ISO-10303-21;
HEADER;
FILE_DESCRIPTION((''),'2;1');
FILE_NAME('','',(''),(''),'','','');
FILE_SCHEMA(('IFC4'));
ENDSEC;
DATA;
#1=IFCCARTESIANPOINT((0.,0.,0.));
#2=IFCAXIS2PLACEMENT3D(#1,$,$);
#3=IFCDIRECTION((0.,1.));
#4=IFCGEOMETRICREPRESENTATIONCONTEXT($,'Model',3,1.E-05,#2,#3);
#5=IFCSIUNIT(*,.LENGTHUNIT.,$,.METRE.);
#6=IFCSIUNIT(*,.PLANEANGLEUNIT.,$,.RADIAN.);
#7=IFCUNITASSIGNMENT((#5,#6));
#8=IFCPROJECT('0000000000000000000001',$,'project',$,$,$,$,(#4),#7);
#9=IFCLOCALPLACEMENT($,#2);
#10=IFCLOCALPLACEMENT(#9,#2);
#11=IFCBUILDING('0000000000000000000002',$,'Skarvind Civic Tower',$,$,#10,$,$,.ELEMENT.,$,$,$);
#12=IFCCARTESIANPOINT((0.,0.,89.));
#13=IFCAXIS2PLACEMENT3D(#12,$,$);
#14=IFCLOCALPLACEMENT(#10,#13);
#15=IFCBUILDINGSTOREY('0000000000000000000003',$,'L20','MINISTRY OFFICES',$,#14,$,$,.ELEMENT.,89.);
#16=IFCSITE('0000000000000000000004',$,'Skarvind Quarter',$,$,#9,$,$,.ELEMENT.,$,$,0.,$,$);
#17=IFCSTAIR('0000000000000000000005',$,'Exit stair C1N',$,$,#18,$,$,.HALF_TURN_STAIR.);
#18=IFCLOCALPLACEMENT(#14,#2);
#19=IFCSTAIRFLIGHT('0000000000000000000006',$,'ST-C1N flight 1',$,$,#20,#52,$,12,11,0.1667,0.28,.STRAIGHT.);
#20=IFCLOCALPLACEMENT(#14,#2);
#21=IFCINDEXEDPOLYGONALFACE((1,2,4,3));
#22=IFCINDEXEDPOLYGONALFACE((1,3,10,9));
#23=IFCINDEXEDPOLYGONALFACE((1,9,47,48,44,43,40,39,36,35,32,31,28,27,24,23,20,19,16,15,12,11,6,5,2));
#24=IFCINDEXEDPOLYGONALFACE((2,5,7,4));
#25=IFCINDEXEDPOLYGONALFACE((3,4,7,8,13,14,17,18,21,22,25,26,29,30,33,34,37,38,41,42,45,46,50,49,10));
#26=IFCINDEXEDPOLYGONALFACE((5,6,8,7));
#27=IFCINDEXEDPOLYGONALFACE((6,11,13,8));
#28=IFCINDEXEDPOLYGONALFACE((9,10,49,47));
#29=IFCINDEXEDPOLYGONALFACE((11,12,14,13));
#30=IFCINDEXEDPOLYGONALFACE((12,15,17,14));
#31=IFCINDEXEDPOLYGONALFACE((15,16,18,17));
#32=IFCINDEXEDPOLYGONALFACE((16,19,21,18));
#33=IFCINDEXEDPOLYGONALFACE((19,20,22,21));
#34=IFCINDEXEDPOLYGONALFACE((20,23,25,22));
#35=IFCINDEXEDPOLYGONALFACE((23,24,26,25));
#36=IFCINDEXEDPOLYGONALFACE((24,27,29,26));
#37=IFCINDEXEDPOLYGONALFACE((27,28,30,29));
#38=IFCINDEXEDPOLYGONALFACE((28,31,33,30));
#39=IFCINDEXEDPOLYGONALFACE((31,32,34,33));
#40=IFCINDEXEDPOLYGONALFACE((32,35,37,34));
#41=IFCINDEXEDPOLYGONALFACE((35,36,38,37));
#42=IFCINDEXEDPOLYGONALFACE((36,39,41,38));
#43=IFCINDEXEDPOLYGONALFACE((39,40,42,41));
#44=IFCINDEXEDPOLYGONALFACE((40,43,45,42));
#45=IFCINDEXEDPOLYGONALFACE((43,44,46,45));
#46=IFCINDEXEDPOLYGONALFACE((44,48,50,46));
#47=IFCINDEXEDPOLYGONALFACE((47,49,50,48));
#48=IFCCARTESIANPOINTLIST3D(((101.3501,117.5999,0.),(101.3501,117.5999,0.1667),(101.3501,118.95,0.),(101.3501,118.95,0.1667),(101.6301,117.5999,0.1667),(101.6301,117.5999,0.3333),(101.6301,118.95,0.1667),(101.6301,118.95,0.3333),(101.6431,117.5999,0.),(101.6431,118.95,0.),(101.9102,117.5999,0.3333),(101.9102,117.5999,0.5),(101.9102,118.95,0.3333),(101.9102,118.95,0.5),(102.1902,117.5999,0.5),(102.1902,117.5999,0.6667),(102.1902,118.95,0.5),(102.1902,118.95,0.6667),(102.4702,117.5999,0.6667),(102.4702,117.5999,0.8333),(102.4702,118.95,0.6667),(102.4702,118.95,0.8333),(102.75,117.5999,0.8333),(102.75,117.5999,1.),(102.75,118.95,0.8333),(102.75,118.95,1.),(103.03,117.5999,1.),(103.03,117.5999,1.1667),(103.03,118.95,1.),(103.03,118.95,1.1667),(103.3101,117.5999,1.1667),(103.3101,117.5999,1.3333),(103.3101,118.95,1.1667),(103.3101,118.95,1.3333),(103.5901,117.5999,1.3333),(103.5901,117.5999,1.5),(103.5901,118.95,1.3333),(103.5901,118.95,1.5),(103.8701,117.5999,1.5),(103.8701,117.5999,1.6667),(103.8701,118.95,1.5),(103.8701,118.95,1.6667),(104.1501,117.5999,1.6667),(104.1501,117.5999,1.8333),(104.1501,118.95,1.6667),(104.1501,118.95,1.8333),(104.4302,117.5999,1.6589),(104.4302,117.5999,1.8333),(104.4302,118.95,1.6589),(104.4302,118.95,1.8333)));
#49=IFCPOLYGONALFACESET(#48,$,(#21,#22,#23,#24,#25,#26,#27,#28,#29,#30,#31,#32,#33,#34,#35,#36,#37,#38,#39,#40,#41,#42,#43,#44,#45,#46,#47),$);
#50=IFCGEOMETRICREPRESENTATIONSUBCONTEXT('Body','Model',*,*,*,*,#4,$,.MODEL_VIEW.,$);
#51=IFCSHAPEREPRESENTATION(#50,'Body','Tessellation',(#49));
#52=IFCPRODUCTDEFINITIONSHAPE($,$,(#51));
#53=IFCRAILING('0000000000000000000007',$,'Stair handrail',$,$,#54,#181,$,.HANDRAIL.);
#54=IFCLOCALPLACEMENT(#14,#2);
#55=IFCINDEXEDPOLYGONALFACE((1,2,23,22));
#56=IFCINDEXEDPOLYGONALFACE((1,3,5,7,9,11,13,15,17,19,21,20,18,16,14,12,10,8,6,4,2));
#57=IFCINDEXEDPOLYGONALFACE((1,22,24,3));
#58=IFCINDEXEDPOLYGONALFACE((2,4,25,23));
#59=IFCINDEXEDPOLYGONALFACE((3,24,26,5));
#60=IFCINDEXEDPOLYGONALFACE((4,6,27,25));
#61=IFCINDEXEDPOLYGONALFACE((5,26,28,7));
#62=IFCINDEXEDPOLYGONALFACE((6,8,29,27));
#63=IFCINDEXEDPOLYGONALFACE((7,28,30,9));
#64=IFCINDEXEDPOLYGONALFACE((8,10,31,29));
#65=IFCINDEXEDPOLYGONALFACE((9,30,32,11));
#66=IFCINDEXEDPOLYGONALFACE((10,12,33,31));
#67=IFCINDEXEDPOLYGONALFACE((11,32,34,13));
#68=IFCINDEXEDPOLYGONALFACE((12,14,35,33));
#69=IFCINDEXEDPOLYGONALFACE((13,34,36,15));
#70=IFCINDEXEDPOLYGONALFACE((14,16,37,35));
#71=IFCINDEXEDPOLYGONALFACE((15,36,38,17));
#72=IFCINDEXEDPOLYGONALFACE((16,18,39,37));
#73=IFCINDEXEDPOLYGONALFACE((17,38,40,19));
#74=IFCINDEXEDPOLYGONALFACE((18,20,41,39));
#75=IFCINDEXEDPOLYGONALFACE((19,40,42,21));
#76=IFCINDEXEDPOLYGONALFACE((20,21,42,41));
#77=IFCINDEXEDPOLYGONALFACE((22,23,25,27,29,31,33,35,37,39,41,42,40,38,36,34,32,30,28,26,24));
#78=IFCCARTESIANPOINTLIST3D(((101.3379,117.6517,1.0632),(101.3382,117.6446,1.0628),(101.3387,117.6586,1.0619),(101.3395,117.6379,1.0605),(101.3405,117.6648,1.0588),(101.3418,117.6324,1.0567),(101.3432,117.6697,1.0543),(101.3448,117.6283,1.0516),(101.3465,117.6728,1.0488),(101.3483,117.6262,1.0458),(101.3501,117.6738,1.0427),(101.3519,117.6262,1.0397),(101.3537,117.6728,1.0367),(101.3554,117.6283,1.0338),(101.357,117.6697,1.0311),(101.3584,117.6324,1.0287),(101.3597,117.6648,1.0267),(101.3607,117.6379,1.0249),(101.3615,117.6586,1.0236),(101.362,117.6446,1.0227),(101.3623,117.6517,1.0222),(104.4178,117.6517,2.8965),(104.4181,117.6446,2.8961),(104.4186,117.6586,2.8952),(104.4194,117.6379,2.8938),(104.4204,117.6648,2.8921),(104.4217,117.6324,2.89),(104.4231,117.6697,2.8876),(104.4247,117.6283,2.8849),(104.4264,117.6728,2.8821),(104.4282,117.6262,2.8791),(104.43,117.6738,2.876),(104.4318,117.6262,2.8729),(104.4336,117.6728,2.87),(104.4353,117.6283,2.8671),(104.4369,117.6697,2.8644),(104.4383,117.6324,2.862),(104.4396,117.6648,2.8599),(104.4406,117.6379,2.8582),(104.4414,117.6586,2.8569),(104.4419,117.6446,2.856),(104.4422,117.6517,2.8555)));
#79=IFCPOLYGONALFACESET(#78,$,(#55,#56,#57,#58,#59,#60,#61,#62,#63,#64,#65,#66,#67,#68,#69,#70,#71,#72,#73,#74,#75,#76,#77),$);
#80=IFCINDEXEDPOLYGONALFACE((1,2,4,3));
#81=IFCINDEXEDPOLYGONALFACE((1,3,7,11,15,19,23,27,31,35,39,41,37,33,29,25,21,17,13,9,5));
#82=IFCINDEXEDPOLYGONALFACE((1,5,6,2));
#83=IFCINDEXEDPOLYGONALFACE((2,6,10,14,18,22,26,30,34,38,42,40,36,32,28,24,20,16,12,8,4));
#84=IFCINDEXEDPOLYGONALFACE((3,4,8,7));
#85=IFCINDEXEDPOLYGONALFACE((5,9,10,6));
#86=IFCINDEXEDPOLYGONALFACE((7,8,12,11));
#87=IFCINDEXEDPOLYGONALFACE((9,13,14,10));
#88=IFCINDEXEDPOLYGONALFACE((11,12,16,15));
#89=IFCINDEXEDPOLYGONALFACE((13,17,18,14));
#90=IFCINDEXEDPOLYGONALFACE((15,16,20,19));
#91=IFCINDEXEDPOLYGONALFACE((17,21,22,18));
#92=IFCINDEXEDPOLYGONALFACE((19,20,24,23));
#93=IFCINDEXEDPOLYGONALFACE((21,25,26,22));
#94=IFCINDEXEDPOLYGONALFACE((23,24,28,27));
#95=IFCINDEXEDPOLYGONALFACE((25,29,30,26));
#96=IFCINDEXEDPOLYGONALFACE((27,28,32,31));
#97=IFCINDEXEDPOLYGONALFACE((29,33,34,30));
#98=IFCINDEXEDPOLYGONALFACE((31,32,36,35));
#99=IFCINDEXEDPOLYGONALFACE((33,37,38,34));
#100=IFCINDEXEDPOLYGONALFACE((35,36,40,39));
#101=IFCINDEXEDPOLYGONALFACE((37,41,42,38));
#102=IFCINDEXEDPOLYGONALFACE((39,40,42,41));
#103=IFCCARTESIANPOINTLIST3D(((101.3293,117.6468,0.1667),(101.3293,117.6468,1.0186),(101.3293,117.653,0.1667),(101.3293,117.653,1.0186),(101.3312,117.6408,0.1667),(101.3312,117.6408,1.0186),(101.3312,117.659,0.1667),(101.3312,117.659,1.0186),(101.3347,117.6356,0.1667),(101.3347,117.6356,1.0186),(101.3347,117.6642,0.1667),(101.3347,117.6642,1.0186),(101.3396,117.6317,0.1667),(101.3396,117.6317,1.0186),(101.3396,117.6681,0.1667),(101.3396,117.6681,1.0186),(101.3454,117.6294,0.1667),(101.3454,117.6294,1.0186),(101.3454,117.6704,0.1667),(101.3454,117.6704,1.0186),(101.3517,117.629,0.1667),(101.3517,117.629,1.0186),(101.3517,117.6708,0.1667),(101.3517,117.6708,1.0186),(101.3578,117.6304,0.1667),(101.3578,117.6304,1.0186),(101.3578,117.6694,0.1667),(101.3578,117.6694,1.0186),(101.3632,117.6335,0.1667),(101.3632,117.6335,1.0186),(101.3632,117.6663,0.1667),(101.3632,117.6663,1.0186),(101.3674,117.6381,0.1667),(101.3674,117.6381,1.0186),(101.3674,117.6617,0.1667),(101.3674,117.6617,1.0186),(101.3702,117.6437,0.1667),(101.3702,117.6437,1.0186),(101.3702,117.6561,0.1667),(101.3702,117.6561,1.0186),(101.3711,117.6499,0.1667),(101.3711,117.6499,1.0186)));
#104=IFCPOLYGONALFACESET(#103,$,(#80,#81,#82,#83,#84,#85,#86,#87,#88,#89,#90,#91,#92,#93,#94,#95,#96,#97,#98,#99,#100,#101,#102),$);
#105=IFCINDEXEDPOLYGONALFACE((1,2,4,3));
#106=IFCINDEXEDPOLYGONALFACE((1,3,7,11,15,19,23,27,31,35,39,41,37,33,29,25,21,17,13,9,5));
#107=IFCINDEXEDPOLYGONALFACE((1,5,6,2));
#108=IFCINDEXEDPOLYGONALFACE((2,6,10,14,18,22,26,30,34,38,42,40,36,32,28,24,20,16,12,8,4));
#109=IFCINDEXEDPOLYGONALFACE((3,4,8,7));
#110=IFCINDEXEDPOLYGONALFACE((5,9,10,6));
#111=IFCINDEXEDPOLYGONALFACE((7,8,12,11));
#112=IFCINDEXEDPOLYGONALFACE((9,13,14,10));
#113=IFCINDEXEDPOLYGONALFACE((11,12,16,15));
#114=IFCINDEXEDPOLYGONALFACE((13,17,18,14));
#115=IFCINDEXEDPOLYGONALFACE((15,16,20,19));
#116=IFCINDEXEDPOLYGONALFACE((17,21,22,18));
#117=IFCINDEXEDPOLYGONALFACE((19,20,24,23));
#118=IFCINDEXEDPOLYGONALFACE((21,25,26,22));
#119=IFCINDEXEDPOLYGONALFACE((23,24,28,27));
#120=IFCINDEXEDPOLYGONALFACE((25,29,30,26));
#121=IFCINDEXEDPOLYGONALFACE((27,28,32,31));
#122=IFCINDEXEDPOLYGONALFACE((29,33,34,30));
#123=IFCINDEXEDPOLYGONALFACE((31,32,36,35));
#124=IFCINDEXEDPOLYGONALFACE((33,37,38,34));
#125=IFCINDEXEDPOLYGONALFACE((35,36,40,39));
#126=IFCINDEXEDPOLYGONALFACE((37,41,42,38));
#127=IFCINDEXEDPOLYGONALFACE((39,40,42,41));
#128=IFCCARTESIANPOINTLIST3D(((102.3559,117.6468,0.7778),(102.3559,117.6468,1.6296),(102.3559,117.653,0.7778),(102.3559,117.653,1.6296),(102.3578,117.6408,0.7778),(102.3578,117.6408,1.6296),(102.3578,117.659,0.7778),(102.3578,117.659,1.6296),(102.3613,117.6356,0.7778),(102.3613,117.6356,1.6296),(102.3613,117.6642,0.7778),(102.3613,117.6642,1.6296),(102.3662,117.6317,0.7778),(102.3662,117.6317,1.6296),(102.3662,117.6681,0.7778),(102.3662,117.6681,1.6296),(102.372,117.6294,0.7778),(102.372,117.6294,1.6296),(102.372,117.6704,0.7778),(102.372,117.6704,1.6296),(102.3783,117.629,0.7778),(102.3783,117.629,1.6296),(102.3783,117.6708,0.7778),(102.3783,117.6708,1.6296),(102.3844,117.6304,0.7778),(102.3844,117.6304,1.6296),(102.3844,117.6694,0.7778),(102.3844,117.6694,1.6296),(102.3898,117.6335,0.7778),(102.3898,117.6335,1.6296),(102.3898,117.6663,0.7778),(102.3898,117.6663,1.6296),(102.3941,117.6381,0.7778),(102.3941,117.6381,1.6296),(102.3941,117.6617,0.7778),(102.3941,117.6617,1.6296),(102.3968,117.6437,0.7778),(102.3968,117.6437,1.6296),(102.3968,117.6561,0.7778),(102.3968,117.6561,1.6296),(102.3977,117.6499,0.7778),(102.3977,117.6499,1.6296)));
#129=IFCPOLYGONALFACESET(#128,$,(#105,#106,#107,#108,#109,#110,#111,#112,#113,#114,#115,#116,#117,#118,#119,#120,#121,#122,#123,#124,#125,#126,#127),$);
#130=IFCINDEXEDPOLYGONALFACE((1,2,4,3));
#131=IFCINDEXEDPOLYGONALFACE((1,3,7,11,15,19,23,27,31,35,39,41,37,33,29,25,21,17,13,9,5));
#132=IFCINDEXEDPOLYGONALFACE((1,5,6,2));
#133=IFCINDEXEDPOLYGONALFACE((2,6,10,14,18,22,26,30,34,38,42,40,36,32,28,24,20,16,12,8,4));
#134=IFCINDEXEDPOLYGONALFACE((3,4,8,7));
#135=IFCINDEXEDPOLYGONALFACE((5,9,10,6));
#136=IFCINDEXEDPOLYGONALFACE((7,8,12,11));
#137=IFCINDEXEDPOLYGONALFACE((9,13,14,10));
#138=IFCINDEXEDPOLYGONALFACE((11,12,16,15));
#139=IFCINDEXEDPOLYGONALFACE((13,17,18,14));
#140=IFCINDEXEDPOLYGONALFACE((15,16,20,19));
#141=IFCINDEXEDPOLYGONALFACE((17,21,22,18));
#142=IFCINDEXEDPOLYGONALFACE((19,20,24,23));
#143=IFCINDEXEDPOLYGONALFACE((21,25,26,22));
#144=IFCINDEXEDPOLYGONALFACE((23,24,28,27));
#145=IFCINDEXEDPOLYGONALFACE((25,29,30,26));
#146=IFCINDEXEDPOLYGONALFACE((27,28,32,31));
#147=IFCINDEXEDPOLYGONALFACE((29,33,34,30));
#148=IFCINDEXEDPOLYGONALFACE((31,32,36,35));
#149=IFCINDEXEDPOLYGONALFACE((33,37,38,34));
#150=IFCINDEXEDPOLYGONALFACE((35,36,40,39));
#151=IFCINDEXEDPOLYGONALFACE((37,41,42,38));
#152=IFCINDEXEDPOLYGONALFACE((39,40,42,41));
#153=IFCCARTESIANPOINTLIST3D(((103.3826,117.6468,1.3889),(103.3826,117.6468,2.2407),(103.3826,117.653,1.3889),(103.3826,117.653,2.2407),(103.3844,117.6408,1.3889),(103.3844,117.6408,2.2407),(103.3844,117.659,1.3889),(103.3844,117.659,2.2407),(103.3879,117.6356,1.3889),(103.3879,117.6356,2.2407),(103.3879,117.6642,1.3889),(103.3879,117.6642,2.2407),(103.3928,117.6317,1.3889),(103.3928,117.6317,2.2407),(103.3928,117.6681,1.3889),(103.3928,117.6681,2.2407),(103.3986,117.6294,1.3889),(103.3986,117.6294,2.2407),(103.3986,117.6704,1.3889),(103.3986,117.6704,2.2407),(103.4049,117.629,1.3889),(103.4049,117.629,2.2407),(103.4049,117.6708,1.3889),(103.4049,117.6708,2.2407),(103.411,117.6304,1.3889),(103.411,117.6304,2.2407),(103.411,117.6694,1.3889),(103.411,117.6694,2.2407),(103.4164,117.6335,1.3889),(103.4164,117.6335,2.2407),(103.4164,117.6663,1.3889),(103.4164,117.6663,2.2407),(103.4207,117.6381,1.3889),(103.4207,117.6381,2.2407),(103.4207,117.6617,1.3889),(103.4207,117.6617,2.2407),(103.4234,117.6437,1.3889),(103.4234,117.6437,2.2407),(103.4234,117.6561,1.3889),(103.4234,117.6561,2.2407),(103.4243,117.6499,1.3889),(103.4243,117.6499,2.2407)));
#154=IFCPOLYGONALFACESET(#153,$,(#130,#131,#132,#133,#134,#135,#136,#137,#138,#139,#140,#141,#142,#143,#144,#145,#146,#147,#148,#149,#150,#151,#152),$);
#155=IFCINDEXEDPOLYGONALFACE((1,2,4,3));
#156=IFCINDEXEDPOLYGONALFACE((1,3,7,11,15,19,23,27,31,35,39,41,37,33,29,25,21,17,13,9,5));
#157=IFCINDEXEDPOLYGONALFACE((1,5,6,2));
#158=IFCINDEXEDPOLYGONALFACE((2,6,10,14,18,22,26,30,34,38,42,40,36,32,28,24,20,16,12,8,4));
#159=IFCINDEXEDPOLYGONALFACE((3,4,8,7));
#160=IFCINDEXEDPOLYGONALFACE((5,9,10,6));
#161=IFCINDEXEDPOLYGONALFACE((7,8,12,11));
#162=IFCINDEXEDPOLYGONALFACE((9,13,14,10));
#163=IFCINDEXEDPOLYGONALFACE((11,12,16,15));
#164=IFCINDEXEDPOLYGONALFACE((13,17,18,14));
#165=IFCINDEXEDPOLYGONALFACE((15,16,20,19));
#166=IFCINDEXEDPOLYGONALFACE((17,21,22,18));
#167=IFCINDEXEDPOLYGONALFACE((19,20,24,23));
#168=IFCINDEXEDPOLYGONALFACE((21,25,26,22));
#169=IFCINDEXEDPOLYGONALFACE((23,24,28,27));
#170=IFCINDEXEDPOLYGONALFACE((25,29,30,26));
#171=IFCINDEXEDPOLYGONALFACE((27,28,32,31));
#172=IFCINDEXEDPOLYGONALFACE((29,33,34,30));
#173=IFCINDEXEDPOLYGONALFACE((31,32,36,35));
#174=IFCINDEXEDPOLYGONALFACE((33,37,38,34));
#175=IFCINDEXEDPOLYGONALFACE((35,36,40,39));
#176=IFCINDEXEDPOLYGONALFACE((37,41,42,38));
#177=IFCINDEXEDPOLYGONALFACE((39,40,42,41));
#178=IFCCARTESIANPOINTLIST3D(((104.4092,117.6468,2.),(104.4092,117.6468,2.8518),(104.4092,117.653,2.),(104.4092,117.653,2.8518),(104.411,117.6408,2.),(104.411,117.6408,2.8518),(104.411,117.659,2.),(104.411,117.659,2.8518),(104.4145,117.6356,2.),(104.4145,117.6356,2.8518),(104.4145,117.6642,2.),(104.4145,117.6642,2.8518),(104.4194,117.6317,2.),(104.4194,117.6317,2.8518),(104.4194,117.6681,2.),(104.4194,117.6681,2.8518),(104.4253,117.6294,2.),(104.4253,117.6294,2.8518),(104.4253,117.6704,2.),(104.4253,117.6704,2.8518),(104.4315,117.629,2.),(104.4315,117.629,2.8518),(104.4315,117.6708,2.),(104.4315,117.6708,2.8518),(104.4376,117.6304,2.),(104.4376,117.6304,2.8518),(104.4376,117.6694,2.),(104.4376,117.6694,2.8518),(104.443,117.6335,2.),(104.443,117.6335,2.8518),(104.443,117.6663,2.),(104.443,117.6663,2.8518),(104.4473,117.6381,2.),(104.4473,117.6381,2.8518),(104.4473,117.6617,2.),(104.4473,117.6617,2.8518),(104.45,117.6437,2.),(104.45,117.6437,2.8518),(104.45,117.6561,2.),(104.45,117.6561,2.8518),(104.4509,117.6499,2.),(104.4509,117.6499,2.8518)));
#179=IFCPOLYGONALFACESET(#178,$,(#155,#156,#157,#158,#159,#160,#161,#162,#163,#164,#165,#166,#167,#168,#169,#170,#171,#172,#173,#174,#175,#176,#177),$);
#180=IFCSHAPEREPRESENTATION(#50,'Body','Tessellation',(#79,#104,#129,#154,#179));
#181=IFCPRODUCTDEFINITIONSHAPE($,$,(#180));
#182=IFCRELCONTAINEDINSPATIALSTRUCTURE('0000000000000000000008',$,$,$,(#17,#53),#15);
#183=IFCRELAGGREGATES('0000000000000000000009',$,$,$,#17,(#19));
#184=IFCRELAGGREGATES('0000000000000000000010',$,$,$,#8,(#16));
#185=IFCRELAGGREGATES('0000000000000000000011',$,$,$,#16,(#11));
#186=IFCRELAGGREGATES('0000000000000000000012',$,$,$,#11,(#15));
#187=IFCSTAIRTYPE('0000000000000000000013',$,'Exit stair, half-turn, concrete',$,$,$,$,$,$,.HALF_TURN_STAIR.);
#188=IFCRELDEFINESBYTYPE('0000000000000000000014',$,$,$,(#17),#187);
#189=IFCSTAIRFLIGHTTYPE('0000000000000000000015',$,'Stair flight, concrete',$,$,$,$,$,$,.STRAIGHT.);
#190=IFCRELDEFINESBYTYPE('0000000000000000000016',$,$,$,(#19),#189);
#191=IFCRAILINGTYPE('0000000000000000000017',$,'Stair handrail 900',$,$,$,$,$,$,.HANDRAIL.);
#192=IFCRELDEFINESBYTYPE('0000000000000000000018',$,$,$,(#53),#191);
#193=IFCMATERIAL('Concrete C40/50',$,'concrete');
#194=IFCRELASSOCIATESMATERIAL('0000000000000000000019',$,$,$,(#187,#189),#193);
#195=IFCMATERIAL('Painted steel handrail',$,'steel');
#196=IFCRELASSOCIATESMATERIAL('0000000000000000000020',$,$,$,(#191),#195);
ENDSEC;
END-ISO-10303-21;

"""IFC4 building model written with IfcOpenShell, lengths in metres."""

from ifc_helpers import new_model, si_unit, direction, frame, origin, origin_2d, place, context, subcontext, project, spatial, polyline, circle, outline, extrude, material, type_object, element, aggregate, save


model = new_model("IFC4")

# Units and contexts
model_context = context("Model", 3, precision=1e-05, world=origin(), true_north=direction((0.0, 1.0)))
body_context = subcontext(model_context, "Body", "Model", "MODEL_VIEW")
ifc_project = project(units=[si_unit("LENGTHUNIT", "METRE"), si_unit("PLANEANGLEUNIT", "RADIAN")], contexts=[model_context])

# Site, building, storey
site_placement = place(None, origin())
site = spatial("IfcSite", under=ifc_project, at=site_placement, Name="Skarvind Quarter", CompositionType="ELEMENT", RefElevation=0.0)
building_placement = place(site_placement, origin())
building = spatial("IfcBuilding", under=site, at=building_placement, Name="Skarvind Civic Tower", CompositionType="ELEMENT")
storey_placement = place(building_placement, frame((0.0, 0.0, 89.0)))
storey = spatial("IfcBuildingStorey", under=building, at=storey_placement, Name="L20", Description="MINISTRY OFFICES", CompositionType="ELEMENT", Elevation=89.0)

# Stair, stair flight
ifc_material_1 = material(Name="Concrete C40/50", Category="concrete")
stair_type = type_object("IfcStairType", Name="Exit stair, half-turn, concrete", PredefinedType="HALF_TURN_STAIR", material=ifc_material_1)
stair_placement = place(storey_placement, origin())
stair = element("IfcStair", 1, at=stair_placement, inside=storey, type_object=stair_type, Name="Exit stair C1N", PredefinedType="HALF_TURN_STAIR")
stair_flight_type = type_object("IfcStairFlightType", Name="Stair flight, concrete", PredefinedType="STRAIGHT", material=ifc_material_1)
stair_flight_placement = place(storey_placement, frame((101.3501, 118.2749, 0.0), z_axis=(0.0, 0.0, 1.0), x_axis=(1.0, 0.0, 0.0)))
stair_flight = element("IfcStairFlight", 2, at=stair_flight_placement, type_object=stair_flight_type, Name="ST-C1N flight 1", NumberOfRisers=12, NumberOfTreads=11, PredefinedType="STRAIGHT", RiserHeight=0.1667, TreadLength=0.28, context=body_context, shape_type="SweptSolid", body=[
    extrude(outline(polyline([(0.0, 0.0), (0.0, 0.1667), (0.28, 0.1667), (0.28, 0.3333), (0.5601, 0.3333), (0.5601, 0.5), (0.8401, 0.5), (0.8401, 0.6667), (1.1201, 0.6667), (1.1201, 0.8333), (1.3999, 0.8333), (1.3999, 1.0), (1.6799, 1.0), (1.6799, 1.1667), (1.96, 1.1667), (1.96, 1.3333), (2.24, 1.3333), (2.24, 1.5), (2.52, 1.5), (2.52, 1.6667), (2.8, 1.6667), (2.8, 1.8333), (3.0801, 1.8333), (3.0801, 2.0), (3.0801, 1.6589), (0.293, 0.0), (0.0, 0.0)])), frame((0.0, 0.675, 0.0), z_axis=(0.0, -1.0, 0.0), x_axis=(1.0, 0.0, 0.0)), (0.0, 0.0, 1.0), 1.3501),
])
aggregate(stair, [stair_flight])

# Railing
ifc_material_2 = material(Name="Painted steel handrail", Category="steel")
railing_type = type_object("IfcRailingType", Name="Stair handrail 900", PredefinedType="HANDRAIL", material=ifc_material_2)
railing_placement = place(storey_placement, frame((101.3501, 117.6499, 0.1667)))
element("IfcRailing", 3, at=railing_placement, inside=storey, type_object=railing_type, Name="Stair handrail", PredefinedType="HANDRAIL", context=body_context, shape_type="SweptSolid", body=[
    extrude(circle(Radius=0.0239, at=origin_2d()), frame((0.0, 0.0, 0.876), z_axis=(0.859291, 0.0, 0.511487), x_axis=(0.0, 1.0, 0.0)), (0.0, 0.0, 1.0), 3.5842),
    extrude(circle(Radius=0.021, at=origin_2d()), origin(), (0.0, 0.0, 1.0), 0.8518),
    extrude(circle(Radius=0.021, at=origin_2d()), frame((1.0266, 0.0, 0.6111)), (0.0, 0.0, 1.0), 0.8518),
    extrude(circle(Radius=0.021, at=origin_2d()), frame((2.0532, 0.0, 1.2222)), (0.0, 0.0, 1.0), 0.8518),
    extrude(circle(Radius=0.021, at=origin_2d()), frame((3.0798, 0.0, 1.8333)), (0.0, 0.0, 1.0), 0.8518),
])

save(model, "model.ifc")
